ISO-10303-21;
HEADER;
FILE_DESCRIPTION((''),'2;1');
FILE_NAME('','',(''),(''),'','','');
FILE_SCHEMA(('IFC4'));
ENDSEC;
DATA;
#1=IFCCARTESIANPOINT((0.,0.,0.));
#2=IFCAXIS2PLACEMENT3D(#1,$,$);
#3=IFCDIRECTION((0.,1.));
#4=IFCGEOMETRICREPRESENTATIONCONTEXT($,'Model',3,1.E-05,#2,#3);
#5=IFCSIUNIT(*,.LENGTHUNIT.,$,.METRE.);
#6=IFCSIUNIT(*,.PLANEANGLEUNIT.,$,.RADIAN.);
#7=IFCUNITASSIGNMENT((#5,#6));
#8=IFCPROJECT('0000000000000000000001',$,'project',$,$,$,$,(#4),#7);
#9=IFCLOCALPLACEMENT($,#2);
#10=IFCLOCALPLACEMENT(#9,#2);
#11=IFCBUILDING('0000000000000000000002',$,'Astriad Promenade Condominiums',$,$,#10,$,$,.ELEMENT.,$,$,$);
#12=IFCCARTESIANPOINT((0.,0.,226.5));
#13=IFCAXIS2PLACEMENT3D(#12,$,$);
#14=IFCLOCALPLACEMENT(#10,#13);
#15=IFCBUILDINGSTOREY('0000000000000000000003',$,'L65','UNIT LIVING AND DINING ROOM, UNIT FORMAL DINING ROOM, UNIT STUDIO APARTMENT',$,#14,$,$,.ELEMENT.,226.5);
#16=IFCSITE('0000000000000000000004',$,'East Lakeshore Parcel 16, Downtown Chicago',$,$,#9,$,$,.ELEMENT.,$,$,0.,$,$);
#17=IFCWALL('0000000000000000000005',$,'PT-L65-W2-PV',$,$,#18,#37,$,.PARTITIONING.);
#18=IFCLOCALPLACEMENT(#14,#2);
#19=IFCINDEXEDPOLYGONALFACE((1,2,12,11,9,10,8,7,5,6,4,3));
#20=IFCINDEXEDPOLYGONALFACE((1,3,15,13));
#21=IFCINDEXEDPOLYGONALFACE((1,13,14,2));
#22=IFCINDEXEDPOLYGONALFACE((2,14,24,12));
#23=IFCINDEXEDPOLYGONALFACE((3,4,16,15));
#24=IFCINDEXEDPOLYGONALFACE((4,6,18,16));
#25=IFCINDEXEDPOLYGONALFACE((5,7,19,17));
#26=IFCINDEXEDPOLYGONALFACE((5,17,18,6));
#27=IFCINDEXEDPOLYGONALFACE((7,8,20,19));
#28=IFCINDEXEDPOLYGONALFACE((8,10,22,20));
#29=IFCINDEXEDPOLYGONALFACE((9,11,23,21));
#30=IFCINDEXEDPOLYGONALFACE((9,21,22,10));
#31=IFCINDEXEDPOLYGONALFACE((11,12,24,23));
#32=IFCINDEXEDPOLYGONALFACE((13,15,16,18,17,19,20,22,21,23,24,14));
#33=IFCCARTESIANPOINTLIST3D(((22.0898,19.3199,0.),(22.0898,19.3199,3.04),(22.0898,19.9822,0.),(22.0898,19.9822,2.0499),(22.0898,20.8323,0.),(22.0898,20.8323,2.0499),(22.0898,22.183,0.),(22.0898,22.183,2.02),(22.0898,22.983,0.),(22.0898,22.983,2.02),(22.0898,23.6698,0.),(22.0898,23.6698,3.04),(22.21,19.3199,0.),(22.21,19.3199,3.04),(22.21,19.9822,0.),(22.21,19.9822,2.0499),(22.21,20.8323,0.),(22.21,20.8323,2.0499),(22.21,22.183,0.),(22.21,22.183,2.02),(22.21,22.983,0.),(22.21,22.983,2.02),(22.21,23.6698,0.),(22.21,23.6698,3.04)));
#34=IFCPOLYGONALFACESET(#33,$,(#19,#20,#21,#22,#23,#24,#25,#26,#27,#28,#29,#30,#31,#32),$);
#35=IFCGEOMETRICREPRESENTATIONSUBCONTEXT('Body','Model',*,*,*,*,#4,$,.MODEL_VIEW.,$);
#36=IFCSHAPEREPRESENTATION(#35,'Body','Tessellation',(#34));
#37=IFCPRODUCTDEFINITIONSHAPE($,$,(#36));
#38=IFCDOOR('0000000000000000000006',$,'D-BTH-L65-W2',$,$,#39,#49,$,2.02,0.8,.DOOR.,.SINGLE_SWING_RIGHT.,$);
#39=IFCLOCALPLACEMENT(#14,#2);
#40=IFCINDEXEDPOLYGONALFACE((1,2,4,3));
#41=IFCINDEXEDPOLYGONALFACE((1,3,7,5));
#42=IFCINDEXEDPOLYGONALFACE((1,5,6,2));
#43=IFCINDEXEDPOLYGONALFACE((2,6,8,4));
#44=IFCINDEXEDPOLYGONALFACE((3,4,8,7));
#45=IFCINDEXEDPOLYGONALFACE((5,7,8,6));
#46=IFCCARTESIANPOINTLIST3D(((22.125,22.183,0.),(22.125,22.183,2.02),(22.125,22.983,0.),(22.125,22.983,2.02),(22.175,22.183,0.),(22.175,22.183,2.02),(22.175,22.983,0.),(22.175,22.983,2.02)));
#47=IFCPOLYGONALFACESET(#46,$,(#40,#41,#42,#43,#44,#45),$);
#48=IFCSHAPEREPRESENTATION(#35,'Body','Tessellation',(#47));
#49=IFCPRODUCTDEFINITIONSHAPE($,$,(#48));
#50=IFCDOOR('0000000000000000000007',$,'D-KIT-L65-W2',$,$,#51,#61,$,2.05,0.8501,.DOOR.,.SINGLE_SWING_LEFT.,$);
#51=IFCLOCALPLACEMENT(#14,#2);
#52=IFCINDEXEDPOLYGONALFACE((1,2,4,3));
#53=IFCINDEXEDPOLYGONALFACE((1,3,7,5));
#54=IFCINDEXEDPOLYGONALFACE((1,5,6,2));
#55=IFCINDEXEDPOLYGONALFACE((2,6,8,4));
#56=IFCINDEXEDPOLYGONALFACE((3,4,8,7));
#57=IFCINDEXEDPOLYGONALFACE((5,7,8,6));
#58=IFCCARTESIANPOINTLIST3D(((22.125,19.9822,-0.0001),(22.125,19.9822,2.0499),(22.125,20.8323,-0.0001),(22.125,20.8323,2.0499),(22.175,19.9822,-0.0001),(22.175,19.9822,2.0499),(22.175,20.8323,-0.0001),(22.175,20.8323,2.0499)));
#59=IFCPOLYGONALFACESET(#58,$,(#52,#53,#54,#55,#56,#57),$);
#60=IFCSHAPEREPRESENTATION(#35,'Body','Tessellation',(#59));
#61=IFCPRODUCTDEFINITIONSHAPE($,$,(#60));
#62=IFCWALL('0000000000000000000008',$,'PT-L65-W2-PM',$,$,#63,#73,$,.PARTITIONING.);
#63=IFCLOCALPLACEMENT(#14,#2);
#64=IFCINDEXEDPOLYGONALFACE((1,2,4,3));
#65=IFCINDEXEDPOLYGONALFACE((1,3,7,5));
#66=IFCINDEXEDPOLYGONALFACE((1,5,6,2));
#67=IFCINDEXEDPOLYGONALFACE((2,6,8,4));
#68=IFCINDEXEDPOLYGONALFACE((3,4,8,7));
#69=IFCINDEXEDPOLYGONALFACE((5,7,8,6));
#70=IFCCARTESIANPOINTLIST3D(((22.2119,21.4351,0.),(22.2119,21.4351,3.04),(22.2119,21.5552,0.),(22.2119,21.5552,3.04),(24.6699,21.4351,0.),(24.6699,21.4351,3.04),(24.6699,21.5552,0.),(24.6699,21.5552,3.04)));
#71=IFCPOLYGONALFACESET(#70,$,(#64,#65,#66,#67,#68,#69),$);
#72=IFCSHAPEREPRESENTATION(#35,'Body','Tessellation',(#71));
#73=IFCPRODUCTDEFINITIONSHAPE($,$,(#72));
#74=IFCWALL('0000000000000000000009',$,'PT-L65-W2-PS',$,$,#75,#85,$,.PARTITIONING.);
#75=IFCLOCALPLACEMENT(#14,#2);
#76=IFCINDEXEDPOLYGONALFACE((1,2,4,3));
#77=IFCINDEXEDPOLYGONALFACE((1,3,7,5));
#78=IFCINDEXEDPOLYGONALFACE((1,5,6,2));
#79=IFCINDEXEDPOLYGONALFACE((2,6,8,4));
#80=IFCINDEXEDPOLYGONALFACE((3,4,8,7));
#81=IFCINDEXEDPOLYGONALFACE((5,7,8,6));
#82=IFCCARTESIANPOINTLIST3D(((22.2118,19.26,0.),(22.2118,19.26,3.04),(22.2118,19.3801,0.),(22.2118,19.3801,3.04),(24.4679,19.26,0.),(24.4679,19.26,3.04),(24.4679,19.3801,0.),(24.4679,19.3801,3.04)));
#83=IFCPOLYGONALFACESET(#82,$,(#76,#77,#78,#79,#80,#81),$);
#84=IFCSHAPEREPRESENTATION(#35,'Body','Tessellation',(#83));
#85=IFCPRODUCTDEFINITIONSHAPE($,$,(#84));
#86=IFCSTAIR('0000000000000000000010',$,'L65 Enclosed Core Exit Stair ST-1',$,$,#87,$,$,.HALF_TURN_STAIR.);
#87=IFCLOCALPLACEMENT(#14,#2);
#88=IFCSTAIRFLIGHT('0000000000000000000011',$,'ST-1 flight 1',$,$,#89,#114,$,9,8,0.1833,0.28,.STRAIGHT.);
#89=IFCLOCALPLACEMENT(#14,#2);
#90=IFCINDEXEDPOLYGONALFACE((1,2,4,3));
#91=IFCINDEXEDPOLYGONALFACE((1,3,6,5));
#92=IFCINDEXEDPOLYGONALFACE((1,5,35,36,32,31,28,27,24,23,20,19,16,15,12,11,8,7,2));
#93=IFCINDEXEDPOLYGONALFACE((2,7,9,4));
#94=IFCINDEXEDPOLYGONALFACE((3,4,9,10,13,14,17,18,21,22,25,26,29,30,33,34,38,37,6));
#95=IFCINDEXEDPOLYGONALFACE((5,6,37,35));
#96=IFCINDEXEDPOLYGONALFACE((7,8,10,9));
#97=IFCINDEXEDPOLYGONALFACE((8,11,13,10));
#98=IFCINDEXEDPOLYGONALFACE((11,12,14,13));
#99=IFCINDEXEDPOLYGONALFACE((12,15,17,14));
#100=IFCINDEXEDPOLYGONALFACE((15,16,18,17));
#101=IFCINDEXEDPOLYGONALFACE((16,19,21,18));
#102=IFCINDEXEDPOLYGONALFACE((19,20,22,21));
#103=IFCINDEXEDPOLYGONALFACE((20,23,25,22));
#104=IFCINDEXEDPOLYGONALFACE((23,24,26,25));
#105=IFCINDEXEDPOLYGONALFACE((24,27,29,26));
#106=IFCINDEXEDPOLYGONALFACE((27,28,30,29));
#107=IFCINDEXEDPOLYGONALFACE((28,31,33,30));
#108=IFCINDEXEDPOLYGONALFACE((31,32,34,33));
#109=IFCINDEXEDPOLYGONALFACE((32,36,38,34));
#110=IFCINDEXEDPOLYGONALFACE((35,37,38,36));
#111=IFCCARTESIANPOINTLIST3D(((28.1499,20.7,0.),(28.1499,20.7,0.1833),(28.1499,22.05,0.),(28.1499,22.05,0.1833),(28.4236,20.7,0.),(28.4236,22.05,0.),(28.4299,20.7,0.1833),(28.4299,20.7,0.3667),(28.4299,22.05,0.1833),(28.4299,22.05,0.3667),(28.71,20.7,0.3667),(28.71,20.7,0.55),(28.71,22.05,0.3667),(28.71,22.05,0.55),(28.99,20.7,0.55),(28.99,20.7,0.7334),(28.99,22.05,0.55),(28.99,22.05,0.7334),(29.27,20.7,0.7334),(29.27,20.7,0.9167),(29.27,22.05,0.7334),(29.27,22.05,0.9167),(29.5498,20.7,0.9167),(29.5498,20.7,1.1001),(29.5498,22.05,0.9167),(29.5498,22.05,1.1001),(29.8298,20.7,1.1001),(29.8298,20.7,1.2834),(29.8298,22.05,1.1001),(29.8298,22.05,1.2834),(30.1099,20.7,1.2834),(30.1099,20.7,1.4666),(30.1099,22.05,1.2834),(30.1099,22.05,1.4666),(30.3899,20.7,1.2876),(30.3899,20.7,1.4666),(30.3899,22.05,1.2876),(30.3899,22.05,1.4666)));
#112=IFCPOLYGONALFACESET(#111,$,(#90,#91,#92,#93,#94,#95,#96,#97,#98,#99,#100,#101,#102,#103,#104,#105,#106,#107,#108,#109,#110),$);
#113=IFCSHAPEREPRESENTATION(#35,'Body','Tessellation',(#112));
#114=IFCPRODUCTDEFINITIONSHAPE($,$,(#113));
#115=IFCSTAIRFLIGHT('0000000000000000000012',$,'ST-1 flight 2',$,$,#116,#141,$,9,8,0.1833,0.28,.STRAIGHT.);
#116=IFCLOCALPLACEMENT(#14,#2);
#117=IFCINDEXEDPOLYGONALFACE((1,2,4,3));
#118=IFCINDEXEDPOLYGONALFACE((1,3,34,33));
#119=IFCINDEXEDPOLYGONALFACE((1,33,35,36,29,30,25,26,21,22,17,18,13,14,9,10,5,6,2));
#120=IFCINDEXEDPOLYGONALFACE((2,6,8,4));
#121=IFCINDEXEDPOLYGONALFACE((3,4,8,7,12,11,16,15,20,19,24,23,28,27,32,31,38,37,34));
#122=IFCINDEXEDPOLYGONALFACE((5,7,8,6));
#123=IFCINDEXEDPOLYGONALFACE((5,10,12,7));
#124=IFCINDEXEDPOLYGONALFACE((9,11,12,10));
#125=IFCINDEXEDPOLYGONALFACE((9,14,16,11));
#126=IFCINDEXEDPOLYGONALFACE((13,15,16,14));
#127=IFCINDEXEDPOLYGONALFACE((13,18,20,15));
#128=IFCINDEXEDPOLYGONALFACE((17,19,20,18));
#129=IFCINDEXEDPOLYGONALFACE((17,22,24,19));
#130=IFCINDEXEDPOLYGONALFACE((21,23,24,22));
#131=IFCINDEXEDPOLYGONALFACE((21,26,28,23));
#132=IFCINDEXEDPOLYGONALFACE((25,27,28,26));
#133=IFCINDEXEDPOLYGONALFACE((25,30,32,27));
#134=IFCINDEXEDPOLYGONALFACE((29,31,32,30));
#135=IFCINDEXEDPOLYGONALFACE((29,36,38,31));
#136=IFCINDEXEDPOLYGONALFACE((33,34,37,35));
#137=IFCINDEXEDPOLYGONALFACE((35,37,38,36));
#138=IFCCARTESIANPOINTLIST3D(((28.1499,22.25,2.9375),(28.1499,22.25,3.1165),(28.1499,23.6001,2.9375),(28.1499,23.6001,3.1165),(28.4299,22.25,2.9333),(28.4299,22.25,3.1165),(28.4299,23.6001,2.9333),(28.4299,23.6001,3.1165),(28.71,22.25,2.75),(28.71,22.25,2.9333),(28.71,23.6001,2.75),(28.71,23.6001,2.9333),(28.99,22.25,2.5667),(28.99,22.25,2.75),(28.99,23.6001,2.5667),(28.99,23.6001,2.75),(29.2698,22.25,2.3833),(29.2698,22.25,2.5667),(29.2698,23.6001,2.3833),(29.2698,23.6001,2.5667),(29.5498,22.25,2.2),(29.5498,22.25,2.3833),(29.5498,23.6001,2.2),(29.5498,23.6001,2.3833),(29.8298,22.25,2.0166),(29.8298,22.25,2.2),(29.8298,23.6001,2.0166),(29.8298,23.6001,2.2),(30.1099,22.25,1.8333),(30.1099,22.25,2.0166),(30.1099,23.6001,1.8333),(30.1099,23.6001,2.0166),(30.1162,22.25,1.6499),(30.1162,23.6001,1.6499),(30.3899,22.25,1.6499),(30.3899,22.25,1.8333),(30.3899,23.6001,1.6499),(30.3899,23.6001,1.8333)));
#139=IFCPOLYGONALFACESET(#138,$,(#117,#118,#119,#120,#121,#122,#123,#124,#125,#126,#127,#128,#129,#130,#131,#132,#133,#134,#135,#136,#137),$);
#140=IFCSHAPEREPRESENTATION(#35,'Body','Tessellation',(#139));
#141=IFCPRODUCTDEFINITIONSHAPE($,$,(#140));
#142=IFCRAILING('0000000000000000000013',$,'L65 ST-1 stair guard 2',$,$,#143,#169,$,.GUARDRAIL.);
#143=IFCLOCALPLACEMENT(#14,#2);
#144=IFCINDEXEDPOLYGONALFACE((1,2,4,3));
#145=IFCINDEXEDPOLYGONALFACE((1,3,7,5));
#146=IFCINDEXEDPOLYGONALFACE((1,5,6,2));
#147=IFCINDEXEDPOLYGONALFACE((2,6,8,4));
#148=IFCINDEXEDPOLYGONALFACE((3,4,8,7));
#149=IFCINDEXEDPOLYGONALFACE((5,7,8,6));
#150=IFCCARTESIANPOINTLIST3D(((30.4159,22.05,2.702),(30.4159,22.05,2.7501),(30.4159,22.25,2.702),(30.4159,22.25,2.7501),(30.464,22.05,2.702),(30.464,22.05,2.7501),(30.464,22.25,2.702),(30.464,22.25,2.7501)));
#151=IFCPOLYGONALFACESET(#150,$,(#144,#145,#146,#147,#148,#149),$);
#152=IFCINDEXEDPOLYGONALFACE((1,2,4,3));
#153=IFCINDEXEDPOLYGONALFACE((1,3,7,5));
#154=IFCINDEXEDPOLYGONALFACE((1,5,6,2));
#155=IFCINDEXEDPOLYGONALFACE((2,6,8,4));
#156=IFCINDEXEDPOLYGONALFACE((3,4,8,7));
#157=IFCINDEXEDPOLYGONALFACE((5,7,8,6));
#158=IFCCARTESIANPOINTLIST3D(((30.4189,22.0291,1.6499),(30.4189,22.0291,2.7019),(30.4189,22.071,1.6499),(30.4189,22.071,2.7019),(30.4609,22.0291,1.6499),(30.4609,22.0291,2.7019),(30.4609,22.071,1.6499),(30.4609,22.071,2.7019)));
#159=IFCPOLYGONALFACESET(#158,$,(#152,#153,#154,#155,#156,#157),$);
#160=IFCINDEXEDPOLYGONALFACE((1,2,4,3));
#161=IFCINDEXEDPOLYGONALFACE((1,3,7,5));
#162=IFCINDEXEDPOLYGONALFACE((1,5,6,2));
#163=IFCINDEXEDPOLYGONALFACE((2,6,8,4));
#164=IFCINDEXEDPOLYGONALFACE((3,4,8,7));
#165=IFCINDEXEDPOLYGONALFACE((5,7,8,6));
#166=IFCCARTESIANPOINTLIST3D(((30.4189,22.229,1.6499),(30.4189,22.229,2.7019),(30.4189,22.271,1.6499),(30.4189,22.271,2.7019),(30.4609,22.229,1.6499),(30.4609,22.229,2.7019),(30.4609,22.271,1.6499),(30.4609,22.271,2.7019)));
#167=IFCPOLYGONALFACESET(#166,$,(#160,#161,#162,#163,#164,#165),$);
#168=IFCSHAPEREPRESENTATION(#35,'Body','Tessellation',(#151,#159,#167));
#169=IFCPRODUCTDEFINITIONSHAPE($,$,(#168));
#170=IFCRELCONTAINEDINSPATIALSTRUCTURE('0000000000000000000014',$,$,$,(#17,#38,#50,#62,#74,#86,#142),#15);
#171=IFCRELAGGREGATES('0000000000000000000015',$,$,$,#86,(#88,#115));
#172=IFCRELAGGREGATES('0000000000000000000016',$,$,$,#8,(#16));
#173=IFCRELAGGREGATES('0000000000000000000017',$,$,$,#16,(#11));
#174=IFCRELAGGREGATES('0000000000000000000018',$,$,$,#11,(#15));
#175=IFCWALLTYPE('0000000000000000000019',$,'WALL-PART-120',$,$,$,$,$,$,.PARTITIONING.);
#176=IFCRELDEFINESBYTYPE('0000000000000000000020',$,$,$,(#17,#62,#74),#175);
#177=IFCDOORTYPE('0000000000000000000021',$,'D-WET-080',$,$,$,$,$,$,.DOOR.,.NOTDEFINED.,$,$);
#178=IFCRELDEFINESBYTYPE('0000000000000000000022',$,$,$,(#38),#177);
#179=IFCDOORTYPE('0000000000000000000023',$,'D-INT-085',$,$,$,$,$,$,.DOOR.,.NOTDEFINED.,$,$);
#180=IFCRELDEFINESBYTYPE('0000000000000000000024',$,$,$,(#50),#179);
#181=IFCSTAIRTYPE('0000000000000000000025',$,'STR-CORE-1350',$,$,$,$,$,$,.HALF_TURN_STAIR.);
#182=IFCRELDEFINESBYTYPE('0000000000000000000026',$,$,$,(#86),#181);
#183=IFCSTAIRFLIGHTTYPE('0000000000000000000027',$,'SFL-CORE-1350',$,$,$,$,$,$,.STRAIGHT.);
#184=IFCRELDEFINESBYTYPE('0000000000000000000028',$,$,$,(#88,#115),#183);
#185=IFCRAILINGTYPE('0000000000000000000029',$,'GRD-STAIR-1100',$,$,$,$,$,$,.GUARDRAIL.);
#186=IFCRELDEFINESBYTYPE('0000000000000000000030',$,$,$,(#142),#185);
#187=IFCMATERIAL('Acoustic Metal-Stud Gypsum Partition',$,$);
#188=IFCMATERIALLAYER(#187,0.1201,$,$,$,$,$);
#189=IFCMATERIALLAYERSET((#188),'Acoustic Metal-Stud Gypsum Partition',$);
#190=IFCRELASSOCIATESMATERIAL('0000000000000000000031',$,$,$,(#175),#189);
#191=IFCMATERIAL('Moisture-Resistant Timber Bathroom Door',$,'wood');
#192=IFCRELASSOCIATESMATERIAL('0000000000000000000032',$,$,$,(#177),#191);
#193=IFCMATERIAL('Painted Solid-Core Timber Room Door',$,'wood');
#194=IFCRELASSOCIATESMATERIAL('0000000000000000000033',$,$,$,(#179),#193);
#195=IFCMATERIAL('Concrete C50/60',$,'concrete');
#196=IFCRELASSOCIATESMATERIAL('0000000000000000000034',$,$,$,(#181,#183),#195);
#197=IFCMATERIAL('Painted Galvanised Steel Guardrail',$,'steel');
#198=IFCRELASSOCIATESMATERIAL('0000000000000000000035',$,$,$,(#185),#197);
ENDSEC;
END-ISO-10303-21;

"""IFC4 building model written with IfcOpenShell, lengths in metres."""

from ifc_helpers import new_model, si_unit, direction, frame, frame_2d, origin, origin_2d, place, context, subcontext, project, spatial, polyline, rectangle, outline, extrude, source, transform, mapped, material, layer, layer_set, type_object, type_shapes, element, fill, aggregate, save


model = new_model("IFC4")

# Units and contexts
model_context = context("Model", 3, precision=1e-05, world=origin(), true_north=direction((0.0, 1.0)))
body_context = subcontext(model_context, "Body", "Model", "MODEL_VIEW")
ifc_project = project(units=[si_unit("LENGTHUNIT", "METRE"), si_unit("PLANEANGLEUNIT", "RADIAN")], contexts=[model_context])

# Site, building, storey
site_placement = place(None, origin())
site = spatial("IfcSite", under=ifc_project, at=site_placement, Name="East Lakeshore Parcel 16, Downtown Chicago", CompositionType="ELEMENT", RefElevation=0.0)
building_placement = place(site_placement, origin())
building = spatial("IfcBuilding", under=site, at=building_placement, Name="Astriad Promenade Condominiums", CompositionType="ELEMENT")
storey_placement = place(building_placement, frame((0.0, 0.0, 226.5)))
storey = spatial("IfcBuildingStorey", under=building, at=storey_placement, Name="L65", Description="UNIT LIVING AND DINING ROOM, UNIT FORMAL DINING ROOM, UNIT STUDIO APARTMENT", CompositionType="ELEMENT", Elevation=226.5)

# Shared definitions
ifc_material_1 = material(Name="Concrete C50/60", Category="concrete")

# Wall, openings, doors
ifc_material_2 = material(Name="Acoustic Metal-Stud Gypsum Partition")
ifc_layer_1 = layer(ifc_material_2, 0.1201)
ifc_layer_set_1 = layer_set([ifc_layer_1], Name="Acoustic Metal-Stud Gypsum Partition")
wall_type_1 = type_object("IfcWallType", Name="WALL-PART-120", PredefinedType="PARTITIONING", material=ifc_layer_set_1)
wall_1_placement = place(storey_placement, frame((22.1499, 19.3201, 0.0), z_axis=(0.0, 0.0, 1.0), x_axis=(0.0, 1.0, 0.0)))
wall_1 = element("IfcWall", 1, at=wall_1_placement, inside=storey, type_object=wall_type_1, Name="PT-L65-W2-PV", PredefinedType="PARTITIONING", context=body_context, shape_type="SweptSolid", body=[
    extrude(rectangle(XDim=4.3499, YDim=0.1201, at=frame_2d((2.1748, 0.0))), origin(), (0.0, 0.0, 1.0), 3.04),
])
opening_1_placement = place(wall_1_placement, frame((0.6621, 0.0, 0.0)))
opening_1 = element("IfcOpeningElement", 2, at=opening_1_placement, cuts=wall_1, PredefinedType="OPENING", context=body_context, shape_type="SweptSolid", body=[
    extrude(rectangle(XDim=0.8501, YDim=2.05, at=frame_2d((0.425, 1.0249))), frame((0.0, 0.0701, 0.0), z_axis=(0.0, -1.0, 0.0), x_axis=(1.0, 0.0, 0.0)), (0.0, 0.0, 1.0), 0.1401),
])
opening_2_placement = place(wall_1_placement, frame((2.863, 0.0, 0.0)))
opening_2 = element("IfcOpeningElement", 3, at=opening_2_placement, cuts=wall_1, PredefinedType="OPENING", context=body_context, shape_type="SweptSolid", body=[
    extrude(rectangle(XDim=0.8, YDim=2.02, at=frame_2d((0.3999, 1.01))), frame((0.0, 0.0701, 0.0), z_axis=(0.0, -1.0, 0.0), x_axis=(1.0, 0.0, 0.0)), (0.0, 0.0, 1.0), 0.1401),
])
ifc_material_3 = material(Name="Moisture-Resistant Timber Bathroom Door", Category="wood")
door_type_1 = type_object("IfcDoorType", Name="D-WET-080", OperationType="NOTDEFINED", PredefinedType="DOOR", material=ifc_material_3)
shared_shape_1 = source(origin(), body_context, "Body", "SweptSolid", [
    extrude(rectangle(XDim=0.8, YDim=2.02, at=frame_2d((0.3999, 1.01))), frame((0.0, 0.0249, 0.0), z_axis=(0.0, -1.0, 0.0), x_axis=(1.0, 0.0, 0.0)), (0.0, 0.0, 1.0), 0.05),
])
type_shapes(door_type_1, [shared_shape_1])
door_1_placement = place(opening_2_placement, origin())
door_1 = element("IfcDoor", 4, at=door_1_placement, inside=storey, type_object=door_type_1, Name="D-BTH-L65-W2", OperationType="SINGLE_SWING_RIGHT", OverallHeight=2.02, OverallWidth=0.8, PredefinedType="DOOR", context=body_context, shape_type="MappedRepresentation", body=[
    mapped(shared_shape_1, transform((0.0, 0.0, 0.0), scale=1.0)),
])
fill(opening_2, door_1)
ifc_material_4 = material(Name="Painted Solid-Core Timber Room Door", Category="wood")
door_type_2 = type_object("IfcDoorType", Name="D-INT-085", OperationType="NOTDEFINED", PredefinedType="DOOR", material=ifc_material_4)
shared_shape_2 = source(origin(), body_context, "Body", "SweptSolid", [
    extrude(rectangle(XDim=0.8501, YDim=2.05, at=frame_2d((0.425, 1.0249))), frame((0.0, 0.0249, 0.0), z_axis=(0.0, -1.0, 0.0), x_axis=(1.0, 0.0, 0.0)), (0.0, 0.0, 1.0), 0.05),
])
type_shapes(door_type_2, [shared_shape_2])
door_2_placement = place(opening_1_placement, origin())
door_2 = element("IfcDoor", 5, at=door_2_placement, inside=storey, type_object=door_type_2, Name="D-KIT-L65-W2", OperationType="SINGLE_SWING_LEFT", OverallHeight=2.05, OverallWidth=0.8501, PredefinedType="DOOR", context=body_context, shape_type="MappedRepresentation", body=[
    mapped(shared_shape_2, transform((0.0, 0.0, 0.0), scale=1.0)),
])
fill(opening_1, door_2)

# Walls
wall_2_placement = place(storey_placement, frame((22.2119, 21.4951, 0.0), z_axis=(0.0, 0.0, 1.0), x_axis=(1.0, 0.0, 0.0)))
element("IfcWall", 6, at=wall_2_placement, inside=storey, type_object=wall_type_1, Name="PT-L65-W2-PM", PredefinedType="PARTITIONING", context=body_context, shape_type="SweptSolid", body=[
    extrude(rectangle(XDim=2.458, YDim=0.1201, at=frame_2d((1.229, 0.0))), origin(), (0.0, 0.0, 1.0), 3.04),
])
wall_3_placement = place(storey_placement, frame((22.2119, 19.3201, 0.0), z_axis=(0.0, 0.0, 1.0), x_axis=(1.0, 0.0, 0.0)))
element("IfcWall", 7, at=wall_3_placement, inside=storey, type_object=wall_type_1, Name="PT-L65-W2-PS", PredefinedType="PARTITIONING", context=body_context, shape_type="SweptSolid", body=[
    extrude(rectangle(XDim=2.2561, YDim=0.1201, at=frame_2d((1.1279, 0.0))), origin(), (0.0, 0.0, 1.0), 3.04),
])

# Stair, stair flights
stair_type = type_object("IfcStairType", Name="STR-CORE-1350", PredefinedType="HALF_TURN_STAIR", material=ifc_material_1)
stair_placement = place(storey_placement, origin())
stair = element("IfcStair", 8, at=stair_placement, inside=storey, type_object=stair_type, Name="L65 Enclosed Core Exit Stair ST-1", PredefinedType="HALF_TURN_STAIR")
stair_flight_type = type_object("IfcStairFlightType", Name="SFL-CORE-1350", PredefinedType="STRAIGHT", material=ifc_material_1)
shared_shape_3 = source(origin(), body_context, "Body", "SweptSolid", [
    extrude(outline(polyline([(0.0, 0.0), (0.0, 0.1833), (0.28, 0.1833), (0.28, 0.3667), (0.5601, 0.3667), (0.5601, 0.55), (0.8401, 0.55), (0.8401, 0.7334), (1.1201, 0.7334), (1.1201, 0.9167), (1.3999, 0.9167), (1.3999, 1.1001), (1.6799, 1.1001), (1.6799, 1.2834), (1.96, 1.2834), (1.96, 1.4666), (2.24, 1.4666), (2.24, 1.6499), (2.24, 1.2876), (0.2737, 0.0), (0.0, 0.0)])), frame((0.0, 0.675, 0.0), z_axis=(0.0, -1.0, 0.0), x_axis=(1.0, 0.0, 0.0)), (0.0, 0.0, 1.0), 1.3501),
])
type_shapes(stair_flight_type, [shared_shape_3])
stair_flight_1_placement = place(storey_placement, frame((28.1499, 21.375, 0.0), z_axis=(0.0, 0.0, 1.0), x_axis=(1.0, 0.0, 0.0)))
stair_flight_1 = element("IfcStairFlight", 9, at=stair_flight_1_placement, type_object=stair_flight_type, Name="ST-1 flight 1", NumberOfRisers=9, NumberOfTreads=8, PredefinedType="STRAIGHT", RiserHeight=0.1833, TreadLength=0.28, context=body_context, shape_type="MappedRepresentation", body=[
    mapped(shared_shape_3, transform((0.0, 0.0, 0.0), scale=1.0)),
])
stair_flight_2_placement = place(storey_placement, frame((30.3899, 22.925, 1.6499), z_axis=(0.0, 0.0, 1.0), x_axis=(-1.0, 0.0, 0.0)))
stair_flight_2 = element("IfcStairFlight", 10, at=stair_flight_2_placement, type_object=stair_flight_type, Name="ST-1 flight 2", NumberOfRisers=9, NumberOfTreads=8, PredefinedType="STRAIGHT", RiserHeight=0.1833, TreadLength=0.28, context=body_context, shape_type="MappedRepresentation", body=[
    mapped(shared_shape_3, transform((0.0, 0.0, 0.0), scale=1.0)),
])
aggregate(stair, [stair_flight_1, stair_flight_2])

# Railing
ifc_material_5 = material(Name="Painted Galvanised Steel Guardrail", Category="steel")
railing_type_1 = type_object("IfcRailingType", Name="GRD-STAIR-1100", PredefinedType="GUARDRAIL", material=ifc_material_5)
shared_shape_4 = source(origin(), body_context, "Body", "SweptSolid", [
    extrude(rectangle(XDim=0.0481, YDim=0.0481, at=origin_2d()), frame((0.0, 0.0, 1.0762), z_axis=(0.0, 1.0, 0.0), x_axis=(-1.0, 0.0, 0.0)), (0.0, 0.0, 1.0), 0.2),
    extrude(rectangle(XDim=0.042, YDim=0.042, at=origin_2d()), origin(), (0.0, 0.0, 1.0), 1.052),
    extrude(rectangle(XDim=0.042, YDim=0.042, at=origin_2d()), frame((0.0, 0.2, 0.0)), (0.0, 0.0, 1.0), 1.052),
])
for number, where, name in (
    (11, (30.4399, 22.05, 1.6499), "L65 ST-1 stair guard 2"),
):
    element("IfcRailing", number, at=place(storey_placement, frame(where)), inside=storey, type_object=railing_type_1, Name=name, PredefinedType="GUARDRAIL", context=body_context, shape_type="MappedRepresentation", body=[
        mapped(shared_shape_4, transform((0.0, 0.0, 0.0), scale=1.0)),
    ])

save(model, "model.ifc")
